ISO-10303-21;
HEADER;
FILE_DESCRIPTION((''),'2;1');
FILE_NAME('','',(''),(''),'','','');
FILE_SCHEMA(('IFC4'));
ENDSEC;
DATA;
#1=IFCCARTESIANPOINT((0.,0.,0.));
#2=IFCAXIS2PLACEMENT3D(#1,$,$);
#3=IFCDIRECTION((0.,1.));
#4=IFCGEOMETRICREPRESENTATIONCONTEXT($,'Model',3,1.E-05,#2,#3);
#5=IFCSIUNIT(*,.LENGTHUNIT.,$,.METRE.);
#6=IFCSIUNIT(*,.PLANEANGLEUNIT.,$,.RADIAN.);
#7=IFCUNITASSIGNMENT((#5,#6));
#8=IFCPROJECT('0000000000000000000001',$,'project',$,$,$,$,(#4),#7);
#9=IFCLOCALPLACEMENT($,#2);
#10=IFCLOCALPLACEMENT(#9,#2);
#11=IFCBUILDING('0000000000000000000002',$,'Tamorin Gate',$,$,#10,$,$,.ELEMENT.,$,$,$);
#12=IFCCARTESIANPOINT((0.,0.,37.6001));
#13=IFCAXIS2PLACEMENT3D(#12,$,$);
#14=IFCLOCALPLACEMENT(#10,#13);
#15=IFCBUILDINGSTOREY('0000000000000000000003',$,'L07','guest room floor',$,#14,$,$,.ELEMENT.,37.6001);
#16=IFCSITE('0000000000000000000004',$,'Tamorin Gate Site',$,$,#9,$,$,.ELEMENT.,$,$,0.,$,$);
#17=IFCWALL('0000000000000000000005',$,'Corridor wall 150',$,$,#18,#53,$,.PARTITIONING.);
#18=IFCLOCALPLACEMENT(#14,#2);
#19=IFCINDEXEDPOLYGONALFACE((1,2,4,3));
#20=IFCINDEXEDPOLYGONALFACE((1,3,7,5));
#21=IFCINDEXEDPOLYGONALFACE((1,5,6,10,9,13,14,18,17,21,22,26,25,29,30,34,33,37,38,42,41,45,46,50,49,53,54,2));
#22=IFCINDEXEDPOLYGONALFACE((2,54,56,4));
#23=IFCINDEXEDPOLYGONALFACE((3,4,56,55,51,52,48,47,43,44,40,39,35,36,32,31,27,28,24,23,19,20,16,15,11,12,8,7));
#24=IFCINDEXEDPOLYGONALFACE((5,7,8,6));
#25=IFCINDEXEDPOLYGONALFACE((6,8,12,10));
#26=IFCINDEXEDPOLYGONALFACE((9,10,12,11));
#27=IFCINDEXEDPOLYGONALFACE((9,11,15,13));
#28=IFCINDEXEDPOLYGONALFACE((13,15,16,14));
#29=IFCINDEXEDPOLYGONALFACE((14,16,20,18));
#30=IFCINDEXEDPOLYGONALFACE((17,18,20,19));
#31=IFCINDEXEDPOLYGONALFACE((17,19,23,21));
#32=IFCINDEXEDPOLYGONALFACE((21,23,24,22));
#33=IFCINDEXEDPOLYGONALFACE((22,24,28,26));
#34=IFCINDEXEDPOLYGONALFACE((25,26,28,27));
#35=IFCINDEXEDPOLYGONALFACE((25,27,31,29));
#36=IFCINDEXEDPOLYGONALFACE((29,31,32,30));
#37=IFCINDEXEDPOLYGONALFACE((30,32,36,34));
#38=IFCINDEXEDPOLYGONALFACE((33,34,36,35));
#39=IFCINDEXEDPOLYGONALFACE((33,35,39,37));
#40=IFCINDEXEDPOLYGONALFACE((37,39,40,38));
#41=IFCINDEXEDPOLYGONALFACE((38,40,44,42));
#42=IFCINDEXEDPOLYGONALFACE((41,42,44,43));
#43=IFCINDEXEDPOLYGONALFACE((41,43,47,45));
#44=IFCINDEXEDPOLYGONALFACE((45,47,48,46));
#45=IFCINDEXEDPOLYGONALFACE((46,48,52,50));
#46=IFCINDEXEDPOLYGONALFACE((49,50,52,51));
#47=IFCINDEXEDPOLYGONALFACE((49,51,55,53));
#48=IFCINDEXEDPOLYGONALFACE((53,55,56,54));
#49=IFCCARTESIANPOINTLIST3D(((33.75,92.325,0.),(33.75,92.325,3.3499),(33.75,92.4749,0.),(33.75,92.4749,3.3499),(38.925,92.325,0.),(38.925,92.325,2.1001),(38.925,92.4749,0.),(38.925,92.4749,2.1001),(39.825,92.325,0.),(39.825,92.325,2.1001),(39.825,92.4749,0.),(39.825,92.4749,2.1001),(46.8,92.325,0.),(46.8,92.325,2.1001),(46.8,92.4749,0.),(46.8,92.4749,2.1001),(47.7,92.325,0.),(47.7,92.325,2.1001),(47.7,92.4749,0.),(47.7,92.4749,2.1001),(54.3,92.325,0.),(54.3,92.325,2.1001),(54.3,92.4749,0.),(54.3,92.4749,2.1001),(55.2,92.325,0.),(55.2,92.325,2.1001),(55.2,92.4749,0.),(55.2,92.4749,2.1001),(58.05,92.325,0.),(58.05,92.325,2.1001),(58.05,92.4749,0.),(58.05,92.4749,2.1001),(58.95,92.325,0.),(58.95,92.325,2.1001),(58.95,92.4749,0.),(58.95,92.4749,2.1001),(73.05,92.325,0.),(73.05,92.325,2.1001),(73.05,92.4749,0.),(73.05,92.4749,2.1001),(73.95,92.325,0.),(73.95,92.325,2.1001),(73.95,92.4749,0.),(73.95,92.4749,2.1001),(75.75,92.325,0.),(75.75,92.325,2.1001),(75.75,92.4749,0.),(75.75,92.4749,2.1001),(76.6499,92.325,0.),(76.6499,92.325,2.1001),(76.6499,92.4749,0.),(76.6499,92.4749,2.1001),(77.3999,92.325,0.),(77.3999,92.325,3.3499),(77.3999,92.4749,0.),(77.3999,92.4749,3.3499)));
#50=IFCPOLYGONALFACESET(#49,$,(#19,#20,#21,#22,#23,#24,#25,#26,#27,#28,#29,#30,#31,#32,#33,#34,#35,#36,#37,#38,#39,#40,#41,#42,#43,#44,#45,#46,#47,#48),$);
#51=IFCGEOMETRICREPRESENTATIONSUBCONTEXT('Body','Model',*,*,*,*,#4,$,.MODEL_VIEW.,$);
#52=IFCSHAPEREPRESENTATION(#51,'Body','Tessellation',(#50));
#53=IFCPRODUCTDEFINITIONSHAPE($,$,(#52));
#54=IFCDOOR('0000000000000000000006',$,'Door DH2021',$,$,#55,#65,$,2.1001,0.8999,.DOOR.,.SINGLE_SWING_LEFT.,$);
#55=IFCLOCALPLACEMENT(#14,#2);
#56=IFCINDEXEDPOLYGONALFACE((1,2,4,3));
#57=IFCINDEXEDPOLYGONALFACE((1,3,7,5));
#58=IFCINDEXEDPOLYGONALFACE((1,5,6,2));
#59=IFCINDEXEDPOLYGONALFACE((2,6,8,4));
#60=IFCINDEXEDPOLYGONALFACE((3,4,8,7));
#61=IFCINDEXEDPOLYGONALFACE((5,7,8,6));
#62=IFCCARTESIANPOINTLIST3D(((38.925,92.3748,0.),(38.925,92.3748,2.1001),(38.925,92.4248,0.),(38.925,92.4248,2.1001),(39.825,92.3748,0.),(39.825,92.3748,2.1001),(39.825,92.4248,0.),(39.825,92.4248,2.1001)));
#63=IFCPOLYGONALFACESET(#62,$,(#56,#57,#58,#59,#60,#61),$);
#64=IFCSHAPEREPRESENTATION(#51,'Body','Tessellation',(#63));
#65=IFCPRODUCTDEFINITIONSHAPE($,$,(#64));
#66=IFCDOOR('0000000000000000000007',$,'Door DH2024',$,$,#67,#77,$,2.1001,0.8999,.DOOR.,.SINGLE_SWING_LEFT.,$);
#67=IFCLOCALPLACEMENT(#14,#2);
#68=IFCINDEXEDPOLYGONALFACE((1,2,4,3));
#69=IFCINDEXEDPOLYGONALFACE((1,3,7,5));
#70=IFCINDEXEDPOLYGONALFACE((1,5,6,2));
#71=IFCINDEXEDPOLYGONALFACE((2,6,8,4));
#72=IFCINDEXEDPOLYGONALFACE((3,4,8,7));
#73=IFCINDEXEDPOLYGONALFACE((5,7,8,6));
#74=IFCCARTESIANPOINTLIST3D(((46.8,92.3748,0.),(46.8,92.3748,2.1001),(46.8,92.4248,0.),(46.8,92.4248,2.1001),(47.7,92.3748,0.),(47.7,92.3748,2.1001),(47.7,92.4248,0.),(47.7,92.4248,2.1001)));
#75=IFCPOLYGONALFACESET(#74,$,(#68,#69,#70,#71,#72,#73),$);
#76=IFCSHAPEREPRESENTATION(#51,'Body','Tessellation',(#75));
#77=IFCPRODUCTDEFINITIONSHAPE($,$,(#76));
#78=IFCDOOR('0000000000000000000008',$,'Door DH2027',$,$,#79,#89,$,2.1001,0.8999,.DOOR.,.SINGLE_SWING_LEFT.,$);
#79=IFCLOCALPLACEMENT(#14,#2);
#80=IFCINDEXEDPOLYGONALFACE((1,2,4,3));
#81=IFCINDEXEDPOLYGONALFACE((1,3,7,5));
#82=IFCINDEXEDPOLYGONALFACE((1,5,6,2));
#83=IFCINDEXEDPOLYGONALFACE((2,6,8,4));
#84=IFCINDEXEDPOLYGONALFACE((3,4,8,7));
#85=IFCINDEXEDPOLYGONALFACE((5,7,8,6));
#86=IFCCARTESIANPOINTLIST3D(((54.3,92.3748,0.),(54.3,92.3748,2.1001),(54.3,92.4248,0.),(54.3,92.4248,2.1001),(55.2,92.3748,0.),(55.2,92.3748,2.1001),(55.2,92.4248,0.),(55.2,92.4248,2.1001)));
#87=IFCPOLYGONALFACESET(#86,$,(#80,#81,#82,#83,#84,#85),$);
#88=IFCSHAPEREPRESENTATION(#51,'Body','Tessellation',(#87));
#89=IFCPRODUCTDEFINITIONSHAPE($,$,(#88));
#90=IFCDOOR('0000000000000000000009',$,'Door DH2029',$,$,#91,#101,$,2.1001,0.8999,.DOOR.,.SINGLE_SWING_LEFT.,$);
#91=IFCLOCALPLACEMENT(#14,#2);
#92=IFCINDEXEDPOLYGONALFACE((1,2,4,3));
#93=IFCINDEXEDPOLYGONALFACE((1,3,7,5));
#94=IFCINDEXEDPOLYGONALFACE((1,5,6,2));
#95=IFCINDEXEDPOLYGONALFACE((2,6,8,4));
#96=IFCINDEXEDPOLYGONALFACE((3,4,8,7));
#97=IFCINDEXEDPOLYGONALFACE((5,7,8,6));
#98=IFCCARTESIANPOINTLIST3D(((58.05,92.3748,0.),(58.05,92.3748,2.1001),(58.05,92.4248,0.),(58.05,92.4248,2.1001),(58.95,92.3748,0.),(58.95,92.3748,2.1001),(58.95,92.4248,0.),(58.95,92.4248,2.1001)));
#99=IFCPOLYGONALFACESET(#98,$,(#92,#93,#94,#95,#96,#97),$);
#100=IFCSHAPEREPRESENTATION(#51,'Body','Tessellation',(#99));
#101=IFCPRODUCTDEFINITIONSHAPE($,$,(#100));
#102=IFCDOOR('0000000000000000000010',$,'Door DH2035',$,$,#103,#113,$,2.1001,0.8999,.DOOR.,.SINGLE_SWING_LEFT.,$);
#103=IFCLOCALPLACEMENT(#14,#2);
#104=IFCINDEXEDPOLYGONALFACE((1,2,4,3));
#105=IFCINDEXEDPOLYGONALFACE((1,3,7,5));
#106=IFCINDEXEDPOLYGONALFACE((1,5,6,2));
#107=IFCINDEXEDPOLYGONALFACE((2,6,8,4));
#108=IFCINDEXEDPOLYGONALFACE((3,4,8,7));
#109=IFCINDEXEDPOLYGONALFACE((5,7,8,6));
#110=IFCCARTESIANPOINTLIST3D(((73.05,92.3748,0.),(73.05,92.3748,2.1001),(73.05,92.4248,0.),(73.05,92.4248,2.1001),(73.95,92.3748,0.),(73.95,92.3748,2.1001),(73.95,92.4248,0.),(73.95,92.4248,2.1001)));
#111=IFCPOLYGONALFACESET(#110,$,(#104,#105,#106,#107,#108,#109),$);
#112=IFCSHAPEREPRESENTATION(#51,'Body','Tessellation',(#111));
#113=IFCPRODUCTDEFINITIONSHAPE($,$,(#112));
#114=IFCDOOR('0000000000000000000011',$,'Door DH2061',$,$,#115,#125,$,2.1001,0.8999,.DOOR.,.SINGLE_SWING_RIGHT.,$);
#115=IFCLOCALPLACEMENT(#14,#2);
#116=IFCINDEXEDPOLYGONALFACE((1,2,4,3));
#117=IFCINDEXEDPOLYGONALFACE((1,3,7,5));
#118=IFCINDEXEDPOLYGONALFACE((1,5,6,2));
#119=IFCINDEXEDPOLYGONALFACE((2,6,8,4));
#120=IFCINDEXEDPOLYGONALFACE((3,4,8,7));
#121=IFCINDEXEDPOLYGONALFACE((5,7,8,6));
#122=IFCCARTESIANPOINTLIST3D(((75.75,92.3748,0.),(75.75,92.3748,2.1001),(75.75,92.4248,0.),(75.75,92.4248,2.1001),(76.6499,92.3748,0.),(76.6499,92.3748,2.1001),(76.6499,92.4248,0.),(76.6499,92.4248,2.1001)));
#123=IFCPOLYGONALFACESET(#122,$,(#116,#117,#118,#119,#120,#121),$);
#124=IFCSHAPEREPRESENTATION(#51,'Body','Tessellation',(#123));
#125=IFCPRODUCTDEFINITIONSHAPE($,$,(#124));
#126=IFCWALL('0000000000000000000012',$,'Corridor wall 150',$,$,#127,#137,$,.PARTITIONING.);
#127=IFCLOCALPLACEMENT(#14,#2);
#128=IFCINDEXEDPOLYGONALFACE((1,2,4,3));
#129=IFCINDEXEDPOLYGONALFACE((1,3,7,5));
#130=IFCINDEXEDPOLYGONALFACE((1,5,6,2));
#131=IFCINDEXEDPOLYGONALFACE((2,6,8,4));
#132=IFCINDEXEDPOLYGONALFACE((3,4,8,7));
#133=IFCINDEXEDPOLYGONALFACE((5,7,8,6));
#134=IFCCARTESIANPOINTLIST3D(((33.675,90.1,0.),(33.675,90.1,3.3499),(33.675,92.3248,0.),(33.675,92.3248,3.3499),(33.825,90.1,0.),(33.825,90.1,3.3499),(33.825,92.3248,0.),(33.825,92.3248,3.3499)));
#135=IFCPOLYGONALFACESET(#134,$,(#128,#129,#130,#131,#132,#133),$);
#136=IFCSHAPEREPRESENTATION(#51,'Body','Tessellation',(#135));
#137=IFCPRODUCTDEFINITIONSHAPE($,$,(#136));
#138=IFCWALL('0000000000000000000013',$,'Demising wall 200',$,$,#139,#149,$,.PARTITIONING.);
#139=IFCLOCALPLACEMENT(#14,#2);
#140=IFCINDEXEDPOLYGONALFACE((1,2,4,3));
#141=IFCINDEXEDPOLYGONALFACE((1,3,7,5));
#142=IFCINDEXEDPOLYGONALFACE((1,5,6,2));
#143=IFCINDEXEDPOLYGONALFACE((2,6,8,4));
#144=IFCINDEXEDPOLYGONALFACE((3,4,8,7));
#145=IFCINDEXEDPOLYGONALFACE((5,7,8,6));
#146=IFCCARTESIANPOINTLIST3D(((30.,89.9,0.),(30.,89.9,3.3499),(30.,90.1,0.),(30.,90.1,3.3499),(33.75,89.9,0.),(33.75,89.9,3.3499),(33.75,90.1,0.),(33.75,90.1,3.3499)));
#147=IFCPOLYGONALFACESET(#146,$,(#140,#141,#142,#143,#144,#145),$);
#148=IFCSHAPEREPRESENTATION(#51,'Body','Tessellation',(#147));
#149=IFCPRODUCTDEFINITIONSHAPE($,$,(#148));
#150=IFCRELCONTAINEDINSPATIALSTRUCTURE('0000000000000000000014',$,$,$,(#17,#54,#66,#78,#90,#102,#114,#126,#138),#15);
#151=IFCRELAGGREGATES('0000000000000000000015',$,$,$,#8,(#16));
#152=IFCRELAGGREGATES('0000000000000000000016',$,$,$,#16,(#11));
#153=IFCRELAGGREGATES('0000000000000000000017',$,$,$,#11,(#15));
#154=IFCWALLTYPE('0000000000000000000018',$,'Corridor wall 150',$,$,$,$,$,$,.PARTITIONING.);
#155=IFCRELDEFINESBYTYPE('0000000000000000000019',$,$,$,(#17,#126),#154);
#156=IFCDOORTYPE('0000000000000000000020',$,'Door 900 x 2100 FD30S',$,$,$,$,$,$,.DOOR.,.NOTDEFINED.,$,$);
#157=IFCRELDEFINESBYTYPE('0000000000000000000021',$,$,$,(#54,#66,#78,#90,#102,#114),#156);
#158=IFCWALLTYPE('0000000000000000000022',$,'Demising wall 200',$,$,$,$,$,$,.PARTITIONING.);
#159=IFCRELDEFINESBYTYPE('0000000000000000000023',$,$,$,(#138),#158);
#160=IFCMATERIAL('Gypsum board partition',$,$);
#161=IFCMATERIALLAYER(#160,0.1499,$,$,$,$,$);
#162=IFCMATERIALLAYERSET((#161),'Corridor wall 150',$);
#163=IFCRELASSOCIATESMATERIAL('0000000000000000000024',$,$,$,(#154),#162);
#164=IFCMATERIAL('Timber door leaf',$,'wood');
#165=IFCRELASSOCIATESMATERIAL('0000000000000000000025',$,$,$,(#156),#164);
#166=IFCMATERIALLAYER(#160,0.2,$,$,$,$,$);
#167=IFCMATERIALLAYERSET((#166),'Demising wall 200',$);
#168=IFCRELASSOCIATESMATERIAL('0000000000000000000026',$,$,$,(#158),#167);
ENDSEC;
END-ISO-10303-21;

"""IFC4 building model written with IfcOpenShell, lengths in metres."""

from ifc_helpers import new_model, si_unit, direction, frame, frame_2d, origin, place, context, subcontext, project, spatial, rectangle, extrude, material, layer, layer_set, type_object, element, fill, save


model = new_model("IFC4")

# Units and contexts
model_context = context("Model", 3, precision=1e-05, world=origin(), true_north=direction((0.0, 1.0)))
body_context = subcontext(model_context, "Body", "Model", "MODEL_VIEW")
ifc_project = project(units=[si_unit("LENGTHUNIT", "METRE"), si_unit("PLANEANGLEUNIT", "RADIAN")], contexts=[model_context])

# Site, building, storey
site_placement = place(None, origin())
site = spatial("IfcSite", under=ifc_project, at=site_placement, Name="Tamorin Gate Site", CompositionType="ELEMENT", RefElevation=0.0)
building_placement = place(site_placement, origin())
building = spatial("IfcBuilding", under=site, at=building_placement, Name="Tamorin Gate", CompositionType="ELEMENT")
storey_placement = place(building_placement, frame((0.0, 0.0, 37.6001)))
storey = spatial("IfcBuildingStorey", under=building, at=storey_placement, Name="L07", Description="guest room floor", CompositionType="ELEMENT", Elevation=37.6001)

# Wall, openings, doors
ifc_material_1 = material(Name="Gypsum board partition")
ifc_layer_1 = layer(ifc_material_1, 0.1499)
ifc_layer_set_1 = layer_set([ifc_layer_1], Name="Corridor wall 150")
wall_type_1 = type_object("IfcWallType", Name="Corridor wall 150", PredefinedType="PARTITIONING", material=ifc_layer_set_1)
ifc_material_2 = material(Name="Timber door leaf", Category="wood")
door_type_1 = type_object("IfcDoorType", Name="Door 900 x 2100 FD30S", OperationType="NOTDEFINED", PredefinedType="DOOR", material=ifc_material_2)
wall_1_placement = place(storey_placement, frame((33.75, 92.3999, 0.0), z_axis=(0.0, 0.0, 1.0), x_axis=(1.0, 0.0, 0.0)))
wall_1 = element("IfcWall", 1, at=wall_1_placement, inside=storey, type_object=wall_type_1, Name="Corridor wall 150", PredefinedType="PARTITIONING", context=body_context, shape_type="SweptSolid", body=[
    extrude(rectangle(XDim=43.6499, YDim=0.1499, at=frame_2d((21.825, 0.0))), origin(), (0.0, 0.0, 1.0), 3.3499),
])
opening_1_placement = place(wall_1_placement, frame((5.175, 0.0, 0.0)))
opening_1 = element("IfcOpeningElement", 2, at=opening_1_placement, cuts=wall_1, PredefinedType="OPENING", context=body_context, shape_type="SweptSolid", body=[
    extrude(rectangle(XDim=0.8999, YDim=2.1001, at=frame_2d((0.45, 1.05))), frame((0.0, 0.085, 0.0), z_axis=(0.0, -1.0, 0.0), x_axis=(1.0, 0.0, 0.0)), (0.0, 0.0, 1.0), 0.1699),
])
opening_2_placement = place(wall_1_placement, frame((13.05, 0.0, 0.0)))
opening_2 = element("IfcOpeningElement", 3, at=opening_2_placement, cuts=wall_1, PredefinedType="OPENING", context=body_context, shape_type="SweptSolid", body=[
    extrude(rectangle(XDim=0.8999, YDim=2.1001, at=frame_2d((0.45, 1.05))), frame((0.0, 0.085, 0.0), z_axis=(0.0, -1.0, 0.0), x_axis=(1.0, 0.0, 0.0)), (0.0, 0.0, 1.0), 0.1699),
])
opening_3_placement = place(wall_1_placement, frame((20.55, 0.0, 0.0)))
opening_3 = element("IfcOpeningElement", 4, at=opening_3_placement, cuts=wall_1, PredefinedType="OPENING", context=body_context, shape_type="SweptSolid", body=[
    extrude(rectangle(XDim=0.8999, YDim=2.1001, at=frame_2d((0.45, 1.05))), frame((0.0, 0.085, 0.0), z_axis=(0.0, -1.0, 0.0), x_axis=(1.0, 0.0, 0.0)), (0.0, 0.0, 1.0), 0.1699),
])
opening_4_placement = place(wall_1_placement, frame((24.3, 0.0, 0.0)))
opening_4 = element("IfcOpeningElement", 5, at=opening_4_placement, cuts=wall_1, PredefinedType="OPENING", context=body_context, shape_type="SweptSolid", body=[
    extrude(rectangle(XDim=0.8999, YDim=2.1001, at=frame_2d((0.45, 1.05))), frame((0.0, 0.085, 0.0), z_axis=(0.0, -1.0, 0.0), x_axis=(1.0, 0.0, 0.0)), (0.0, 0.0, 1.0), 0.1699),
])
opening_5_placement = place(wall_1_placement, frame((39.3, 0.0, 0.0)))
opening_5 = element("IfcOpeningElement", 6, at=opening_5_placement, cuts=wall_1, PredefinedType="OPENING", context=body_context, shape_type="SweptSolid", body=[
    extrude(rectangle(XDim=0.8999, YDim=2.1001, at=frame_2d((0.45, 1.05))), frame((0.0, 0.085, 0.0), z_axis=(0.0, -1.0, 0.0), x_axis=(1.0, 0.0, 0.0)), (0.0, 0.0, 1.0), 0.1699),
])
opening_6_placement = place(wall_1_placement, frame((42.0, 0.0, 0.0)))
opening_6 = element("IfcOpeningElement", 7, at=opening_6_placement, cuts=wall_1, PredefinedType="OPENING", context=body_context, shape_type="SweptSolid", body=[
    extrude(rectangle(XDim=0.8999, YDim=2.1001, at=frame_2d((0.45, 1.05))), frame((0.0, 0.085, 0.0), z_axis=(0.0, -1.0, 0.0), x_axis=(1.0, 0.0, 0.0)), (0.0, 0.0, 1.0), 0.1699),
])
door_1_placement = place(opening_1_placement, origin())
door_1 = element("IfcDoor", 8, at=door_1_placement, inside=storey, type_object=door_type_1, Name="Door DH2021", OperationType="SINGLE_SWING_LEFT", OverallHeight=2.1001, OverallWidth=0.8999, PredefinedType="DOOR", context=body_context, shape_type="SweptSolid", body=[
    extrude(rectangle(XDim=0.8999, YDim=2.1001, at=frame_2d((0.45, 1.05))), frame((0.0, 0.0249, 0.0), z_axis=(0.0, -1.0, 0.0), x_axis=(1.0, 0.0, 0.0)), (0.0, 0.0, 1.0), 0.05),
])
fill(opening_1, door_1)
door_2_placement = place(opening_2_placement, origin())
door_2 = element("IfcDoor", 9, at=door_2_placement, inside=storey, type_object=door_type_1, Name="Door DH2024", OperationType="SINGLE_SWING_LEFT", OverallHeight=2.1001, OverallWidth=0.8999, PredefinedType="DOOR", context=body_context, shape_type="SweptSolid", body=[
    extrude(rectangle(XDim=0.8999, YDim=2.1001, at=frame_2d((0.45, 1.05))), frame((0.0, 0.0249, 0.0), z_axis=(0.0, -1.0, 0.0), x_axis=(1.0, 0.0, 0.0)), (0.0, 0.0, 1.0), 0.05),
])
fill(opening_2, door_2)
door_3_placement = place(opening_3_placement, origin())
door_3 = element("IfcDoor", 10, at=door_3_placement, inside=storey, type_object=door_type_1, Name="Door DH2027", OperationType="SINGLE_SWING_LEFT", OverallHeight=2.1001, OverallWidth=0.8999, PredefinedType="DOOR", context=body_context, shape_type="SweptSolid", body=[
    extrude(rectangle(XDim=0.8999, YDim=2.1001, at=frame_2d((0.45, 1.05))), frame((0.0, 0.0249, 0.0), z_axis=(0.0, -1.0, 0.0), x_axis=(1.0, 0.0, 0.0)), (0.0, 0.0, 1.0), 0.05),
])
fill(opening_3, door_3)
door_4_placement = place(opening_4_placement, origin())
door_4 = element("IfcDoor", 11, at=door_4_placement, inside=storey, type_object=door_type_1, Name="Door DH2029", OperationType="SINGLE_SWING_LEFT", OverallHeight=2.1001, OverallWidth=0.8999, PredefinedType="DOOR", context=body_context, shape_type="SweptSolid", body=[
    extrude(rectangle(XDim=0.8999, YDim=2.1001, at=frame_2d((0.45, 1.05))), frame((0.0, 0.0249, 0.0), z_axis=(0.0, -1.0, 0.0), x_axis=(1.0, 0.0, 0.0)), (0.0, 0.0, 1.0), 0.05),
])
fill(opening_4, door_4)
door_5_placement = place(opening_5_placement, origin())
door_5 = element("IfcDoor", 12, at=door_5_placement, inside=storey, type_object=door_type_1, Name="Door DH2035", OperationType="SINGLE_SWING_LEFT", OverallHeight=2.1001, OverallWidth=0.8999, PredefinedType="DOOR", context=body_context, shape_type="SweptSolid", body=[
    extrude(rectangle(XDim=0.8999, YDim=2.1001, at=frame_2d((0.45, 1.05))), frame((0.0, 0.0249, 0.0), z_axis=(0.0, -1.0, 0.0), x_axis=(1.0, 0.0, 0.0)), (0.0, 0.0, 1.0), 0.05),
])
fill(opening_5, door_5)
door_6_placement = place(opening_6_placement, origin())
door_6 = element("IfcDoor", 13, at=door_6_placement, inside=storey, type_object=door_type_1, Name="Door DH2061", OperationType="SINGLE_SWING_RIGHT", OverallHeight=2.1001, OverallWidth=0.8999, PredefinedType="DOOR", context=body_context, shape_type="SweptSolid", body=[
    extrude(rectangle(XDim=0.8999, YDim=2.1001, at=frame_2d((0.45, 1.05))), frame((0.0, 0.0249, 0.0), z_axis=(0.0, -1.0, 0.0), x_axis=(1.0, 0.0, 0.0)), (0.0, 0.0, 1.0), 0.05),
])
fill(opening_6, door_6)

# Walls
wall_2_placement = place(storey_placement, frame((33.75, 90.1001, 0.0), z_axis=(0.0, 0.0, 1.0), x_axis=(0.0, 1.0, 0.0)))
element("IfcWall", 14, at=wall_2_placement, inside=storey, type_object=wall_type_1, Name="Corridor wall 150", PredefinedType="PARTITIONING", context=body_context, shape_type="SweptSolid", body=[
    extrude(rectangle(XDim=2.2249, YDim=0.1499, at=frame_2d((1.1123, 0.0))), origin(), (0.0, 0.0, 1.0), 3.3499),
])
ifc_layer_2 = layer(ifc_material_1, 0.2)
ifc_layer_set_2 = layer_set([ifc_layer_2], Name="Demising wall 200")
wall_type_2 = type_object("IfcWallType", Name="Demising wall 200", PredefinedType="PARTITIONING", material=ifc_layer_set_2)
wall_3_placement = place(storey_placement, frame((30.0, 90.0, 0.0), z_axis=(0.0, 0.0, 1.0), x_axis=(1.0, 0.0, 0.0)))
element("IfcWall", 15, at=wall_3_placement, inside=storey, type_object=wall_type_2, Name="Demising wall 200", PredefinedType="PARTITIONING", context=body_context, shape_type="SweptSolid", body=[
    extrude(rectangle(XDim=3.75, YDim=0.2, at=frame_2d((1.875, 0.0))), origin(), (0.0, 0.0, 1.0), 3.3499),
])

save(model, "model.ifc")
